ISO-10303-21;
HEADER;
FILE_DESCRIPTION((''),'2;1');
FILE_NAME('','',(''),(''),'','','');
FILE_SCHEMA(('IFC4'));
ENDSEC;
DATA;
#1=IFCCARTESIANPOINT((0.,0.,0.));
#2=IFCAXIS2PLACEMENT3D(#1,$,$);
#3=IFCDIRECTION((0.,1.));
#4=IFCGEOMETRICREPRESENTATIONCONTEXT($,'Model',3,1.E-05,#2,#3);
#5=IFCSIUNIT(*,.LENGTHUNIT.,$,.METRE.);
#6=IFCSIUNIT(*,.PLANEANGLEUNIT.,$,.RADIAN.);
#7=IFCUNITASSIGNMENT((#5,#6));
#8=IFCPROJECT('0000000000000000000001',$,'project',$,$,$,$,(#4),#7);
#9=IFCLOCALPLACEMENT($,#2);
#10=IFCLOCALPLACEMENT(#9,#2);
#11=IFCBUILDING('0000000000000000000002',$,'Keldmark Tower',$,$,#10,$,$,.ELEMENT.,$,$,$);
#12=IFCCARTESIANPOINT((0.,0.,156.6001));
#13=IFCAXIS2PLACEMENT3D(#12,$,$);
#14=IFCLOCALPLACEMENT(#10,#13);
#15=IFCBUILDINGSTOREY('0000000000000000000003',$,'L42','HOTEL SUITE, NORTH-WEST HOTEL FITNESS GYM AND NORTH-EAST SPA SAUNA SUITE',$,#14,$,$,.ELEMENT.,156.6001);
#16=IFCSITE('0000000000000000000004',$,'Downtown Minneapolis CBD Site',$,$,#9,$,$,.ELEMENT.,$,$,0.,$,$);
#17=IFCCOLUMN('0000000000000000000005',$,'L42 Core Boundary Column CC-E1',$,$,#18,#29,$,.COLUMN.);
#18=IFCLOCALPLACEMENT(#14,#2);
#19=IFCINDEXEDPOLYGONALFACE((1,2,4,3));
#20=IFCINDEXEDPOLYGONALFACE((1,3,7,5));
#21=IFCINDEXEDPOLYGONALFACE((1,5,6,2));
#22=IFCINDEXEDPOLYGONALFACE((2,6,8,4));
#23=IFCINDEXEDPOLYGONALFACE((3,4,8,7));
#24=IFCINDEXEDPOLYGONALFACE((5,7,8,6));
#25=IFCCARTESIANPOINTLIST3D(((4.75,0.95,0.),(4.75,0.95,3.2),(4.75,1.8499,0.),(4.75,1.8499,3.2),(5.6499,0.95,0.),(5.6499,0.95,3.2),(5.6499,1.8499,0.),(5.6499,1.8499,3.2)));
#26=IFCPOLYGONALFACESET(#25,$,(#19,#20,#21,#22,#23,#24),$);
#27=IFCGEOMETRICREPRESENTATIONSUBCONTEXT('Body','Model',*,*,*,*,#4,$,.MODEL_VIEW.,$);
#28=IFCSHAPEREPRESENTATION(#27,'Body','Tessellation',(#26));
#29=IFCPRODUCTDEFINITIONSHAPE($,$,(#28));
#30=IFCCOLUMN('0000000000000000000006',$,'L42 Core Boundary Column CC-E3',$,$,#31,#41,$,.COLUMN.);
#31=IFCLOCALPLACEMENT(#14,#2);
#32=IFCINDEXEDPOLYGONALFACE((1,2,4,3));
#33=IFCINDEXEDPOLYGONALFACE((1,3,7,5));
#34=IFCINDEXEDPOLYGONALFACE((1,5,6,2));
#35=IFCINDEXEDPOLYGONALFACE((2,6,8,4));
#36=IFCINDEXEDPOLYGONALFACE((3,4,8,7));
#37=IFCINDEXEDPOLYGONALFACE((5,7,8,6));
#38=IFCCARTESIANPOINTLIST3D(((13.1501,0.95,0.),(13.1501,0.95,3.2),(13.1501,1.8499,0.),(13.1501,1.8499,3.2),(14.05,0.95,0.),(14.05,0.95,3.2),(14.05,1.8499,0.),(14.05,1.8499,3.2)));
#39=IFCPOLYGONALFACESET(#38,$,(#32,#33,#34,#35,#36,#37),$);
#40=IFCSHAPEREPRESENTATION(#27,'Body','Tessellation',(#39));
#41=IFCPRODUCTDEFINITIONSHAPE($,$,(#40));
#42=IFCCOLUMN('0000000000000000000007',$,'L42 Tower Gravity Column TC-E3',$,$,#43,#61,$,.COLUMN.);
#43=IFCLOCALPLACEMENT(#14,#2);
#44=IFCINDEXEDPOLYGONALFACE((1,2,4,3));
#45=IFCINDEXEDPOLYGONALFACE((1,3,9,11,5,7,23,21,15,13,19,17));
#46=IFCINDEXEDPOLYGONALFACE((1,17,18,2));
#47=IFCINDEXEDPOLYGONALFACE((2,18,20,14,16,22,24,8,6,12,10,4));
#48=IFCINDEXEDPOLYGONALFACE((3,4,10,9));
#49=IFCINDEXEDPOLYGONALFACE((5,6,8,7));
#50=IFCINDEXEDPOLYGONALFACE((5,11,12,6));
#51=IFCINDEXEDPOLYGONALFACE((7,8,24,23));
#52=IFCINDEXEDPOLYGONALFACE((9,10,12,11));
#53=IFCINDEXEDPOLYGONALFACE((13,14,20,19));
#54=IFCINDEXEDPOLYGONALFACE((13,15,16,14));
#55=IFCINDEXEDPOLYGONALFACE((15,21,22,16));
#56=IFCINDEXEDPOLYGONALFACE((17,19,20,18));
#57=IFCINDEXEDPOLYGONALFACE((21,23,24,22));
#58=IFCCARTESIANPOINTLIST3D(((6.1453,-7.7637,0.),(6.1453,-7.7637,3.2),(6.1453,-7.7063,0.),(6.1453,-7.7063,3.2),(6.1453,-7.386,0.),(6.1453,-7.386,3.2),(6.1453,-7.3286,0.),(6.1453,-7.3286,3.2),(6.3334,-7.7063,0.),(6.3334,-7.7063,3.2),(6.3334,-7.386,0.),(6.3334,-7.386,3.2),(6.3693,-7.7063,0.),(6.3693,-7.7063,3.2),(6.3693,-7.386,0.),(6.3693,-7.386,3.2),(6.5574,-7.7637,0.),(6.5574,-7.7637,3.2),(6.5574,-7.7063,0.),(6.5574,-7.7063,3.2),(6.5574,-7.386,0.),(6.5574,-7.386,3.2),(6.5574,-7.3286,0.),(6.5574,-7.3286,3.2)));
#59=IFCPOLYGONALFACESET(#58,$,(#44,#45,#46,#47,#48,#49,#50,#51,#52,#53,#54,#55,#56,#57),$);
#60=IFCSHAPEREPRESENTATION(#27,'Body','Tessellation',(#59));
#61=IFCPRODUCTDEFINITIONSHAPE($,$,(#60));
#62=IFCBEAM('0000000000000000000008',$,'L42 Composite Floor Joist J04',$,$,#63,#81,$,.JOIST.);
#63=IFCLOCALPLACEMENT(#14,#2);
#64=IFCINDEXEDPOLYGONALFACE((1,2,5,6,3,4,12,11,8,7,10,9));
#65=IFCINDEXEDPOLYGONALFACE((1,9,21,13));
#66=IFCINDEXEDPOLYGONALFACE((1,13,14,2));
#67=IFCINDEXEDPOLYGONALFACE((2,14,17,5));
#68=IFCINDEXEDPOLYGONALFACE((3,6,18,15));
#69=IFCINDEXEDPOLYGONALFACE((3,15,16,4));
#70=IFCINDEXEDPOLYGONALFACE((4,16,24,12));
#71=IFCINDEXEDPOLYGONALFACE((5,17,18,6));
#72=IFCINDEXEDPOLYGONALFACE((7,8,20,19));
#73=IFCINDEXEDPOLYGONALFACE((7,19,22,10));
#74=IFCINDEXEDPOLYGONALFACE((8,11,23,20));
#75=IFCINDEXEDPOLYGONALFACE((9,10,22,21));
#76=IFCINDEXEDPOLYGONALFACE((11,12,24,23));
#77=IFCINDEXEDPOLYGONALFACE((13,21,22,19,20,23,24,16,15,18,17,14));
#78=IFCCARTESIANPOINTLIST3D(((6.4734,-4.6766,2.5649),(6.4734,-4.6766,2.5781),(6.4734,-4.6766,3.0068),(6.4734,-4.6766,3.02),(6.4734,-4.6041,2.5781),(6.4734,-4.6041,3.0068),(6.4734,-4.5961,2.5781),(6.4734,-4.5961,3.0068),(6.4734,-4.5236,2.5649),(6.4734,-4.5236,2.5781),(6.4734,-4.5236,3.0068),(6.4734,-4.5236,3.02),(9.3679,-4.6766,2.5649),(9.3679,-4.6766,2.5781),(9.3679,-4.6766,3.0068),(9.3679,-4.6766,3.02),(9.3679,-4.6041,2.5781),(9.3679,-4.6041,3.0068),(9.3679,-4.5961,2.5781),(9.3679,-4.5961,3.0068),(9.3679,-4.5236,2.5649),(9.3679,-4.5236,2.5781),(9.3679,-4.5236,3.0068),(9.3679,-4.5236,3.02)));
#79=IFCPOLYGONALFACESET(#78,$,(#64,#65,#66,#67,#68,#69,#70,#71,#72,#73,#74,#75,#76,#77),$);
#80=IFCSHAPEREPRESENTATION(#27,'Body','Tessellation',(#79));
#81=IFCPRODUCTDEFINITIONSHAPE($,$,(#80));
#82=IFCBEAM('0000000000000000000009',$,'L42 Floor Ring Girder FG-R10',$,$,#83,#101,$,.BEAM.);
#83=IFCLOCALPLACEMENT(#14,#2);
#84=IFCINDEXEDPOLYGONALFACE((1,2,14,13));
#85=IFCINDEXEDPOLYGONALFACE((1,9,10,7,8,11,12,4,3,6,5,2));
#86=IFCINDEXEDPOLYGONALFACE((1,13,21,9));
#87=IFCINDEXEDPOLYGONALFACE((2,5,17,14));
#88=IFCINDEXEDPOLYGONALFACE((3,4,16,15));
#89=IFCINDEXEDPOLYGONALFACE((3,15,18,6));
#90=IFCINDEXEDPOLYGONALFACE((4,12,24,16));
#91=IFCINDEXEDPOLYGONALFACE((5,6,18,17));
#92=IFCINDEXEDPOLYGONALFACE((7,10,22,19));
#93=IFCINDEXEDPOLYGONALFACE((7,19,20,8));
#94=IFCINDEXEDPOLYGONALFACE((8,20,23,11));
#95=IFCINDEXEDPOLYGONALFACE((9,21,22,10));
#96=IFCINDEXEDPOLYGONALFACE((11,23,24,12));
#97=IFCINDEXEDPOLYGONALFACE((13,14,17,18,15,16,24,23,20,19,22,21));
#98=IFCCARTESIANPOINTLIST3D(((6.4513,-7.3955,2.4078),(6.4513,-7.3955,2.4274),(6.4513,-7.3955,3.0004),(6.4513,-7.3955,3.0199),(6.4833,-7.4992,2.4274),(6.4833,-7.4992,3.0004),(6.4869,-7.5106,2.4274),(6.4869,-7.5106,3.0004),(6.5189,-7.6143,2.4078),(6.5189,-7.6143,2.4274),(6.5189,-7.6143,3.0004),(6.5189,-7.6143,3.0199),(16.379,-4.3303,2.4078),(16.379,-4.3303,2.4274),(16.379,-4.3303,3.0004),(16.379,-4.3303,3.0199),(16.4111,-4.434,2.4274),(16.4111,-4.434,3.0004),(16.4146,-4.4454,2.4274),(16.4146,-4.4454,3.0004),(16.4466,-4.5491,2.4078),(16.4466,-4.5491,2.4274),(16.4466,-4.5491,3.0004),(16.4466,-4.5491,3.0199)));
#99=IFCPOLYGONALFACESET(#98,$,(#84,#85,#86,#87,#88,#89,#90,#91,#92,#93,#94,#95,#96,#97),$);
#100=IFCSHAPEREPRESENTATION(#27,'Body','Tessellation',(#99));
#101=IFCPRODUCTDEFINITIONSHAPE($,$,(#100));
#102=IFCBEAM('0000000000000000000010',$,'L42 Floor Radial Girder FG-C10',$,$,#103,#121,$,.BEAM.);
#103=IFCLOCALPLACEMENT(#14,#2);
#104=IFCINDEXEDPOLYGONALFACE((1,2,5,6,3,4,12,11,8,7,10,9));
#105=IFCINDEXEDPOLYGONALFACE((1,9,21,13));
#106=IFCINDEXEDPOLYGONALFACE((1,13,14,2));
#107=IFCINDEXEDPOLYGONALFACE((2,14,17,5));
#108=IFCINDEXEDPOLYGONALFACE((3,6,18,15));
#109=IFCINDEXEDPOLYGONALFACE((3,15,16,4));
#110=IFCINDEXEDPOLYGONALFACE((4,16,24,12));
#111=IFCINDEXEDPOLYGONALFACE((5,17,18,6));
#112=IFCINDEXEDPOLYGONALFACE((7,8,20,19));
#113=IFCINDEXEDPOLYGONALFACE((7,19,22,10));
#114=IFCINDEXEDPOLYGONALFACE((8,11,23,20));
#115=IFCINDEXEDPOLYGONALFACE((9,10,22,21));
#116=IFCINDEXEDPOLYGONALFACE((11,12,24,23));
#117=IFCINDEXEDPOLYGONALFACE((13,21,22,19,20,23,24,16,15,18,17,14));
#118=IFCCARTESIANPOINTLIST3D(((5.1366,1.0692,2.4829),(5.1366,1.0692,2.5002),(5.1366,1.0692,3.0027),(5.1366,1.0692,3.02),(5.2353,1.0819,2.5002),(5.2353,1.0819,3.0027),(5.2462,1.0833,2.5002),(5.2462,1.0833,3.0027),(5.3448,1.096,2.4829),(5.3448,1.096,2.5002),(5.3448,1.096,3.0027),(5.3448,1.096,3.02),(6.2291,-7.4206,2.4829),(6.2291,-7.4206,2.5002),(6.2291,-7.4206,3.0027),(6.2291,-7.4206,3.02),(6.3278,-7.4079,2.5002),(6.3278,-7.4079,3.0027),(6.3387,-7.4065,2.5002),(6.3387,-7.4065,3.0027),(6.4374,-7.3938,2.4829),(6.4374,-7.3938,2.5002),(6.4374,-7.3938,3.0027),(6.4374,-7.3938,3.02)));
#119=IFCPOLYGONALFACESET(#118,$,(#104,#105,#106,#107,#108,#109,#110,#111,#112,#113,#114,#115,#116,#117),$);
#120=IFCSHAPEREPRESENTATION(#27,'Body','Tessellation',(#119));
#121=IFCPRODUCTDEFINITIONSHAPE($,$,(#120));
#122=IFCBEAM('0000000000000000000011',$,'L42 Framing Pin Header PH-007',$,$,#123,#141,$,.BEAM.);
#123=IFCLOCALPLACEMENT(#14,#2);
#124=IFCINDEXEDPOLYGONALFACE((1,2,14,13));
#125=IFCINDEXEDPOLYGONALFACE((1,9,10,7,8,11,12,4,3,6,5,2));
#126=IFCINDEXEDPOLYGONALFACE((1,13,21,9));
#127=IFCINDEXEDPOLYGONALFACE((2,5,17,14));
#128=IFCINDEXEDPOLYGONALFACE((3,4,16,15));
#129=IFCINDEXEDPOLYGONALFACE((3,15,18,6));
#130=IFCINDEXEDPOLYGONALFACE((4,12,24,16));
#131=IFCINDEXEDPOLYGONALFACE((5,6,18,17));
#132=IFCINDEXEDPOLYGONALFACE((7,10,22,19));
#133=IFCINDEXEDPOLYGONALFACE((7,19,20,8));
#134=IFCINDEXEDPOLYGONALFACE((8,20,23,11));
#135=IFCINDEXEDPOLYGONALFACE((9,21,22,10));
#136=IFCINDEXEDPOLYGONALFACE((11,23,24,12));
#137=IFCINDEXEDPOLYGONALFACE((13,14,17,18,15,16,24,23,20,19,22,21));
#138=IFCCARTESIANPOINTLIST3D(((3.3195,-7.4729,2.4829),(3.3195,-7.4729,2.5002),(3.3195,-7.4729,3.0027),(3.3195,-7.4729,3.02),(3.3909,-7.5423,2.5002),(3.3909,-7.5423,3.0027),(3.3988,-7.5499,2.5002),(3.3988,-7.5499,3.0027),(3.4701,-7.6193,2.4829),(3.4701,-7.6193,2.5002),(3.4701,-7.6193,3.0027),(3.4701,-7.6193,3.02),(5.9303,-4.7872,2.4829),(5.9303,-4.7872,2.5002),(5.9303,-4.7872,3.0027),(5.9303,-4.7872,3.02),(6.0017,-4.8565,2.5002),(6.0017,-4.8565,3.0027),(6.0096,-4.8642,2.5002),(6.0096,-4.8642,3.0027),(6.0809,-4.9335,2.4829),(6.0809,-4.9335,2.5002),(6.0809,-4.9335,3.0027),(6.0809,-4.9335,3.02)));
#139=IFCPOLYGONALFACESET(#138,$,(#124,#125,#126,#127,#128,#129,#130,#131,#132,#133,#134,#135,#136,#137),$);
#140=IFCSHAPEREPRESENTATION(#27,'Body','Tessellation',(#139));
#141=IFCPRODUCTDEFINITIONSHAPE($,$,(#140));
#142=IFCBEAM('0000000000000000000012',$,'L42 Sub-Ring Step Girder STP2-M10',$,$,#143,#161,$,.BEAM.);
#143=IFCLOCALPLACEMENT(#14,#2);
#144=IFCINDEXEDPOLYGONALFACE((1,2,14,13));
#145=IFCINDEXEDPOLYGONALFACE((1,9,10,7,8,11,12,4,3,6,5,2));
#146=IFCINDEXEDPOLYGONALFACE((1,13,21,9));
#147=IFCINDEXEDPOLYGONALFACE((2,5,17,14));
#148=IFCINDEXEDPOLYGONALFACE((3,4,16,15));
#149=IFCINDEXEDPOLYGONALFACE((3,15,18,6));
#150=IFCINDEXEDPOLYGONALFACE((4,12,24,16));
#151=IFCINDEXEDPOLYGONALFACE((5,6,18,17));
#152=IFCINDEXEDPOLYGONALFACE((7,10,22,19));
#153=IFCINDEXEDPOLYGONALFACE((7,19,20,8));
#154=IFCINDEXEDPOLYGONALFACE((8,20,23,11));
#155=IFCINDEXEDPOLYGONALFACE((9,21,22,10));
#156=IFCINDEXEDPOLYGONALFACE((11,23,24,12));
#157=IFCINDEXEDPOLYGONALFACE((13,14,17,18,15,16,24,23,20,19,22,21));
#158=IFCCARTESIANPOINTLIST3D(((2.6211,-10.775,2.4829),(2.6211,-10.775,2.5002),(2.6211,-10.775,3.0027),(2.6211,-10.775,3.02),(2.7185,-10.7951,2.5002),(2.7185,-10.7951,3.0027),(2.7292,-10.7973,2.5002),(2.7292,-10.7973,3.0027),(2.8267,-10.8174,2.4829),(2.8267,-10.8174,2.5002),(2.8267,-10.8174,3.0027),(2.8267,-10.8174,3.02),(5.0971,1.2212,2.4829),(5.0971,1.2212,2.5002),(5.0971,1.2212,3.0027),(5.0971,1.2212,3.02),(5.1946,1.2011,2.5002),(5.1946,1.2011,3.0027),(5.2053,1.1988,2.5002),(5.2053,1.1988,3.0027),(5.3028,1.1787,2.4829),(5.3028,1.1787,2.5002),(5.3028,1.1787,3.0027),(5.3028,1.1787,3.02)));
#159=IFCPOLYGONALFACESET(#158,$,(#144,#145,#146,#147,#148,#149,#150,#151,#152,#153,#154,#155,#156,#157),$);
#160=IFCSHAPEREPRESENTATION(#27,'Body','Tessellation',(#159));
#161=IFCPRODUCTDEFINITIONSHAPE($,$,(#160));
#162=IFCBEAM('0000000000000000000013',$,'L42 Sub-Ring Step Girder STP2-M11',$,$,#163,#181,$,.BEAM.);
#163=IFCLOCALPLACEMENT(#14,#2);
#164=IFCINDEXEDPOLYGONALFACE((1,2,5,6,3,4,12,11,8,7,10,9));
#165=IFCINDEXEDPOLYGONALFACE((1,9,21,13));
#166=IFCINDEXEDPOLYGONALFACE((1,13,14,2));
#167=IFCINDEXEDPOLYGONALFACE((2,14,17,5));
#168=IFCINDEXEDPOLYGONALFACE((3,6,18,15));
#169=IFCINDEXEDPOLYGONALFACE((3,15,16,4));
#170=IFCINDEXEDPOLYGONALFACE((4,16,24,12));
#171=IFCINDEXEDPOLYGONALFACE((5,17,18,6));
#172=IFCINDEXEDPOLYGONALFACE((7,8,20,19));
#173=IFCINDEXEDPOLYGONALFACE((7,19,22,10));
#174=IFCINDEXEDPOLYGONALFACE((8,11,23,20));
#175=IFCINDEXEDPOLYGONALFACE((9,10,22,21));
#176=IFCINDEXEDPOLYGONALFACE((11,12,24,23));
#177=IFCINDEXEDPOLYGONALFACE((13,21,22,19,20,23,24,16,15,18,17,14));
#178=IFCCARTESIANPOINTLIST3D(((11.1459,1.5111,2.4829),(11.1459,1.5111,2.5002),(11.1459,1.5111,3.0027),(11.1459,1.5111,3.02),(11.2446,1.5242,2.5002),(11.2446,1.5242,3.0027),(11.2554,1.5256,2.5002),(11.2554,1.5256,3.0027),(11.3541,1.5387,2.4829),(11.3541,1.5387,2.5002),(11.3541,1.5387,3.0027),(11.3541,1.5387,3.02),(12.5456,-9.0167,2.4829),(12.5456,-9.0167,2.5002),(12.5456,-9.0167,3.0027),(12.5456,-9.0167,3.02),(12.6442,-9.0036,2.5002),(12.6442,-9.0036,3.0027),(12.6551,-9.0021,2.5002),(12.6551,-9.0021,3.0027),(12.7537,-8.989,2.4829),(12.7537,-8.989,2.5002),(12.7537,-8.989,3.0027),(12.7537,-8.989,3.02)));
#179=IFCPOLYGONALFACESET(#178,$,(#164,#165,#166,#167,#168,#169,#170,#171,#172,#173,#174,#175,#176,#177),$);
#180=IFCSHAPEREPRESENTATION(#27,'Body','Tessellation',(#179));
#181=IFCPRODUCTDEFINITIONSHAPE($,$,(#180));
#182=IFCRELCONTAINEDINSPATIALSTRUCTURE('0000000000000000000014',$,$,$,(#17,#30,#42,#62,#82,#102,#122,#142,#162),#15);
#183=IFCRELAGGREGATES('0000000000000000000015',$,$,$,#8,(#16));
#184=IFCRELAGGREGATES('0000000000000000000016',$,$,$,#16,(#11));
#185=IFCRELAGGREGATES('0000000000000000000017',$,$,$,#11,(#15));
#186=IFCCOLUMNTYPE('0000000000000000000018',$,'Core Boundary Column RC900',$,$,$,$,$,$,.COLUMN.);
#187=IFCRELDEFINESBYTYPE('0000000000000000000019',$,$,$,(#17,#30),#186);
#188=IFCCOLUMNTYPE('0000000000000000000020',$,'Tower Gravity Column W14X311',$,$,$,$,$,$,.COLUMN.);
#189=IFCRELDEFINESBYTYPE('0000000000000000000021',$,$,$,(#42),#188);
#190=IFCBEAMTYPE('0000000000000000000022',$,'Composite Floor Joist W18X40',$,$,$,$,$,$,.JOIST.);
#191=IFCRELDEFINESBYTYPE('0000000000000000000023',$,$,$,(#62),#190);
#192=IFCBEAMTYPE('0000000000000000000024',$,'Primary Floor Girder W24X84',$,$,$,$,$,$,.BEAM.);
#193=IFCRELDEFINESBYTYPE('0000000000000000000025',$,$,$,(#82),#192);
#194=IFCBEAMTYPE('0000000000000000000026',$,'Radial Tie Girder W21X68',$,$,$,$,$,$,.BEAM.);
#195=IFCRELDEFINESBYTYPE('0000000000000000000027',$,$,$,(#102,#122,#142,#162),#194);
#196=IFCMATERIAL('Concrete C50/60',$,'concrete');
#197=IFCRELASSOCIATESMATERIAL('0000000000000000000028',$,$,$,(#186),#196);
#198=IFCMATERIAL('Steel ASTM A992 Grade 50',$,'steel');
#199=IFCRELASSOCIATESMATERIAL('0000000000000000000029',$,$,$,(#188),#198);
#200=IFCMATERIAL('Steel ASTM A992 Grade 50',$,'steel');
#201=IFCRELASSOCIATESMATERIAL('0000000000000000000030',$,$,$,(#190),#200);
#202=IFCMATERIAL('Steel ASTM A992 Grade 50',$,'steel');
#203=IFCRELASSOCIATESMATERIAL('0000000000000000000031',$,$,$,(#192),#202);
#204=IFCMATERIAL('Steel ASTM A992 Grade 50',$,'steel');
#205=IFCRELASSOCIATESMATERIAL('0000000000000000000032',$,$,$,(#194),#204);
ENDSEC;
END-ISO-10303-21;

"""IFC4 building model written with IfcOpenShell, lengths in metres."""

from ifc_helpers import new_model, si_unit, direction, frame, origin, origin_2d, place, context, subcontext, project, spatial, rectangle, i_section, extrude, material, material_profile, profile_set, type_object, element, save


model = new_model("IFC4")

# Units and contexts
model_context = context("Model", 3, precision=1e-05, world=origin(), true_north=direction((0.0, 1.0)))
body_context = subcontext(model_context, "Body", "Model", "MODEL_VIEW")
ifc_project = project(units=[si_unit("LENGTHUNIT", "METRE"), si_unit("PLANEANGLEUNIT", "RADIAN")], contexts=[model_context])

# Site, building, storey
site_placement = place(None, origin())
site = spatial("IfcSite", under=ifc_project, at=site_placement, Name="Downtown Minneapolis CBD Site", CompositionType="ELEMENT", RefElevation=0.0)
building_placement = place(site_placement, origin())
building = spatial("IfcBuilding", under=site, at=building_placement, Name="Keldmark Tower", CompositionType="ELEMENT")
storey_placement = place(building_placement, frame((0.0, 0.0, 156.6001)))
storey = spatial("IfcBuildingStorey", under=building, at=storey_placement, Name="L42", Description="HOTEL SUITE, NORTH-WEST HOTEL FITNESS GYM AND NORTH-EAST SPA SAUNA SUITE", CompositionType="ELEMENT", Elevation=156.6001)

# Columns
ifc_material_1 = material(Name="Concrete C50/60", Category="concrete")
ifc_material_profile_1 = material_profile(ifc_material_1, rectangle(XDim=0.8999, YDim=0.8999, at=origin_2d()), Name="RC900X900")
ifc_profile_set_1 = profile_set([ifc_material_profile_1], Name="Concrete C50/60")
column_type_1 = type_object("IfcColumnType", Name="Core Boundary Column RC900", PredefinedType="COLUMN", material=ifc_profile_set_1)
for number, where, z_axis, x_axis, name in (
    (1, (5.2, 1.3999, 0.0), (0.0, 0.0, 1.0), (1.0, 0.0, 0.0), "L42 Core Boundary Column CC-E1"),
    (2, (13.6001, 1.3999, 0.0), (0.0, 0.0, 1.0), (1.0, 0.0, 0.0), "L42 Core Boundary Column CC-E3"),
):
    element("IfcColumn", number, at=place(storey_placement, frame(where, z_axis=z_axis, x_axis=x_axis)), inside=storey, type_object=column_type_1, Name=name, PredefinedType="COLUMN", context=body_context, shape_type="SweptSolid", body=[
        extrude(rectangle(XDim=0.8999, YDim=0.8999, at=origin_2d()), origin(), (0.0, 0.0, 1.0), 3.2),
    ])
ifc_material_2 = material(Name="Steel ASTM A992 Grade 50", Category="steel")
ifc_material_profile_2 = material_profile(ifc_material_2, i_section(OverallWidth=0.4121, OverallDepth=0.4351, WebThickness=0.0359, FlangeThickness=0.0574, at=origin_2d()), Name="W14X311")
ifc_profile_set_2 = profile_set([ifc_material_profile_2], Name="Steel ASTM A992 Grade 50")
column_type_2 = type_object("IfcColumnType", Name="Tower Gravity Column W14X311", PredefinedType="COLUMN", material=ifc_profile_set_2)
column_placement = place(storey_placement, frame((6.3513, -7.5461, 0.0), z_axis=(0.0, 0.0, 1.0), x_axis=(1.0, 0.0, 0.0)))
element("IfcColumn", 3, at=column_placement, inside=storey, type_object=column_type_2, Name="L42 Tower Gravity Column TC-E3", PredefinedType="COLUMN", context=body_context, shape_type="SweptSolid", body=[
    extrude(i_section(OverallWidth=0.4121, OverallDepth=0.4351, WebThickness=0.0359, FlangeThickness=0.0574, at=origin_2d()), origin(), (0.0, 0.0, 1.0), 3.2),
])

# Beams
ifc_material_3 = material(Name="Steel ASTM A992 Grade 50", Category="steel")
ifc_material_profile_3 = material_profile(ifc_material_3, i_section(OverallWidth=0.1531, OverallDepth=0.4551, WebThickness=0.0081, FlangeThickness=0.0132, at=origin_2d()), Name="W18X40")
ifc_profile_set_3 = profile_set([ifc_material_profile_3], Name="Steel ASTM A992 Grade 50")
beam_type_1 = type_object("IfcBeamType", Name="Composite Floor Joist W18X40", PredefinedType="JOIST", material=ifc_profile_set_3)
beam_1_placement = place(storey_placement, frame((6.4734, -4.6001, 2.7925), z_axis=(1.0, 0.0, 0.0), x_axis=(0.0, 1.0, 0.0)))
element("IfcBeam", 4, at=beam_1_placement, inside=storey, type_object=beam_type_1, Name="L42 Composite Floor Joist J04", PredefinedType="JOIST", context=body_context, shape_type="SweptSolid", body=[
    extrude(i_section(OverallWidth=0.1531, OverallDepth=0.4551, WebThickness=0.0081, FlangeThickness=0.0132, at=origin_2d()), origin(), (0.0, 0.0, 1.0), 2.8945),
])
ifc_material_4 = material(Name="Steel ASTM A992 Grade 50", Category="steel")
ifc_material_profile_4 = material_profile(ifc_material_4, i_section(OverallWidth=0.229, OverallDepth=0.6121, WebThickness=0.012, FlangeThickness=0.0195, at=origin_2d()), Name="W24X84")
ifc_profile_set_4 = profile_set([ifc_material_profile_4], Name="Steel ASTM A992 Grade 50")
beam_type_2 = type_object("IfcBeamType", Name="Primary Floor Girder W24X84", PredefinedType="BEAM", material=ifc_profile_set_4)
beam_2_placement = place(storey_placement, frame((6.4851, -7.5049, 2.7139), z_axis=(0.955495, 0.295009, 0.0), x_axis=(-0.295009, 0.955495, 0.0)))
element("IfcBeam", 5, at=beam_2_placement, inside=storey, type_object=beam_type_2, Name="L42 Floor Ring Girder FG-R10", PredefinedType="BEAM", context=body_context, shape_type="SweptSolid", body=[
    extrude(i_section(OverallWidth=0.229, OverallDepth=0.6121, WebThickness=0.012, FlangeThickness=0.0195, at=origin_2d()), origin(), (0.0, 0.0, 1.0), 10.3901),
])
ifc_material_5 = material(Name="Steel ASTM A992 Grade 50", Category="steel")
ifc_material_profile_5 = material_profile(ifc_material_5, i_section(OverallWidth=0.21, OverallDepth=0.5371, WebThickness=0.011, FlangeThickness=0.0173, at=origin_2d()), Name="W21X68")
ifc_profile_set_5 = profile_set([ifc_material_profile_5], Name="Steel ASTM A992 Grade 50")
beam_type_3 = type_object("IfcBeamType", Name="Radial Tie Girder W21X68", PredefinedType="BEAM", material=ifc_profile_set_5)
beam_3_placement = place(storey_placement, frame((6.3333, -7.4072, 2.7515), z_axis=(-0.127636, 0.991821, 0.0), x_axis=(-0.991821, -0.127636, 0.0)))
element("IfcBeam", 6, at=beam_3_placement, inside=storey, type_object=beam_type_3, Name="L42 Floor Radial Girder FG-C10", PredefinedType="BEAM", context=body_context, shape_type="SweptSolid", body=[
    extrude(i_section(OverallWidth=0.21, OverallDepth=0.5371, WebThickness=0.011, FlangeThickness=0.0173, at=origin_2d()), origin(), (0.0, 0.0, 1.0), 8.5598),
])
beam_4_placement = place(storey_placement, frame((6.0056, -4.8604, 2.7515), z_axis=(-0.697031, -0.717041, 0.0), x_axis=(0.717041, -0.697031, 0.0)))
element("IfcBeam", 7, at=beam_4_placement, inside=storey, type_object=beam_type_3, Name="L42 Framing Pin Header PH-007", PredefinedType="BEAM", context=body_context, shape_type="SweptSolid", body=[
    extrude(i_section(OverallWidth=0.21, OverallDepth=0.5371, WebThickness=0.011, FlangeThickness=0.0173, at=origin_2d()), origin(), (0.0, 0.0, 1.0), 3.7456),
])
beam_5_placement = place(storey_placement, frame((5.2, 1.2, 2.7515), z_axis=(-0.202146, -0.979355, 0.0), x_axis=(0.979355, -0.202146, 0.0)))
element("IfcBeam", 8, at=beam_5_placement, inside=storey, type_object=beam_type_3, Name="L42 Sub-Ring Step Girder STP2-M10", PredefinedType="BEAM", context=body_context, shape_type="SweptSolid", body=[
    extrude(i_section(OverallWidth=0.21, OverallDepth=0.5371, WebThickness=0.011, FlangeThickness=0.0173, at=origin_2d()), origin(), (0.0, 0.0, 1.0), 12.249),
])
beam_6_placement = place(storey_placement, frame((11.25, 1.5249, 2.7515), z_axis=(0.131789, -0.991278, 0.0), x_axis=(0.991278, 0.131789, 0.0)))
element("IfcBeam", 9, at=beam_6_placement, inside=storey, type_object=beam_type_3, Name="L42 Sub-Ring Step Girder STP2-M11", PredefinedType="BEAM", context=body_context, shape_type="SweptSolid", body=[
    extrude(i_section(OverallWidth=0.21, OverallDepth=0.5371, WebThickness=0.011, FlangeThickness=0.0173, at=origin_2d()), origin(), (0.0, 0.0, 1.0), 10.6204),
])

save(model, "model.ifc")
